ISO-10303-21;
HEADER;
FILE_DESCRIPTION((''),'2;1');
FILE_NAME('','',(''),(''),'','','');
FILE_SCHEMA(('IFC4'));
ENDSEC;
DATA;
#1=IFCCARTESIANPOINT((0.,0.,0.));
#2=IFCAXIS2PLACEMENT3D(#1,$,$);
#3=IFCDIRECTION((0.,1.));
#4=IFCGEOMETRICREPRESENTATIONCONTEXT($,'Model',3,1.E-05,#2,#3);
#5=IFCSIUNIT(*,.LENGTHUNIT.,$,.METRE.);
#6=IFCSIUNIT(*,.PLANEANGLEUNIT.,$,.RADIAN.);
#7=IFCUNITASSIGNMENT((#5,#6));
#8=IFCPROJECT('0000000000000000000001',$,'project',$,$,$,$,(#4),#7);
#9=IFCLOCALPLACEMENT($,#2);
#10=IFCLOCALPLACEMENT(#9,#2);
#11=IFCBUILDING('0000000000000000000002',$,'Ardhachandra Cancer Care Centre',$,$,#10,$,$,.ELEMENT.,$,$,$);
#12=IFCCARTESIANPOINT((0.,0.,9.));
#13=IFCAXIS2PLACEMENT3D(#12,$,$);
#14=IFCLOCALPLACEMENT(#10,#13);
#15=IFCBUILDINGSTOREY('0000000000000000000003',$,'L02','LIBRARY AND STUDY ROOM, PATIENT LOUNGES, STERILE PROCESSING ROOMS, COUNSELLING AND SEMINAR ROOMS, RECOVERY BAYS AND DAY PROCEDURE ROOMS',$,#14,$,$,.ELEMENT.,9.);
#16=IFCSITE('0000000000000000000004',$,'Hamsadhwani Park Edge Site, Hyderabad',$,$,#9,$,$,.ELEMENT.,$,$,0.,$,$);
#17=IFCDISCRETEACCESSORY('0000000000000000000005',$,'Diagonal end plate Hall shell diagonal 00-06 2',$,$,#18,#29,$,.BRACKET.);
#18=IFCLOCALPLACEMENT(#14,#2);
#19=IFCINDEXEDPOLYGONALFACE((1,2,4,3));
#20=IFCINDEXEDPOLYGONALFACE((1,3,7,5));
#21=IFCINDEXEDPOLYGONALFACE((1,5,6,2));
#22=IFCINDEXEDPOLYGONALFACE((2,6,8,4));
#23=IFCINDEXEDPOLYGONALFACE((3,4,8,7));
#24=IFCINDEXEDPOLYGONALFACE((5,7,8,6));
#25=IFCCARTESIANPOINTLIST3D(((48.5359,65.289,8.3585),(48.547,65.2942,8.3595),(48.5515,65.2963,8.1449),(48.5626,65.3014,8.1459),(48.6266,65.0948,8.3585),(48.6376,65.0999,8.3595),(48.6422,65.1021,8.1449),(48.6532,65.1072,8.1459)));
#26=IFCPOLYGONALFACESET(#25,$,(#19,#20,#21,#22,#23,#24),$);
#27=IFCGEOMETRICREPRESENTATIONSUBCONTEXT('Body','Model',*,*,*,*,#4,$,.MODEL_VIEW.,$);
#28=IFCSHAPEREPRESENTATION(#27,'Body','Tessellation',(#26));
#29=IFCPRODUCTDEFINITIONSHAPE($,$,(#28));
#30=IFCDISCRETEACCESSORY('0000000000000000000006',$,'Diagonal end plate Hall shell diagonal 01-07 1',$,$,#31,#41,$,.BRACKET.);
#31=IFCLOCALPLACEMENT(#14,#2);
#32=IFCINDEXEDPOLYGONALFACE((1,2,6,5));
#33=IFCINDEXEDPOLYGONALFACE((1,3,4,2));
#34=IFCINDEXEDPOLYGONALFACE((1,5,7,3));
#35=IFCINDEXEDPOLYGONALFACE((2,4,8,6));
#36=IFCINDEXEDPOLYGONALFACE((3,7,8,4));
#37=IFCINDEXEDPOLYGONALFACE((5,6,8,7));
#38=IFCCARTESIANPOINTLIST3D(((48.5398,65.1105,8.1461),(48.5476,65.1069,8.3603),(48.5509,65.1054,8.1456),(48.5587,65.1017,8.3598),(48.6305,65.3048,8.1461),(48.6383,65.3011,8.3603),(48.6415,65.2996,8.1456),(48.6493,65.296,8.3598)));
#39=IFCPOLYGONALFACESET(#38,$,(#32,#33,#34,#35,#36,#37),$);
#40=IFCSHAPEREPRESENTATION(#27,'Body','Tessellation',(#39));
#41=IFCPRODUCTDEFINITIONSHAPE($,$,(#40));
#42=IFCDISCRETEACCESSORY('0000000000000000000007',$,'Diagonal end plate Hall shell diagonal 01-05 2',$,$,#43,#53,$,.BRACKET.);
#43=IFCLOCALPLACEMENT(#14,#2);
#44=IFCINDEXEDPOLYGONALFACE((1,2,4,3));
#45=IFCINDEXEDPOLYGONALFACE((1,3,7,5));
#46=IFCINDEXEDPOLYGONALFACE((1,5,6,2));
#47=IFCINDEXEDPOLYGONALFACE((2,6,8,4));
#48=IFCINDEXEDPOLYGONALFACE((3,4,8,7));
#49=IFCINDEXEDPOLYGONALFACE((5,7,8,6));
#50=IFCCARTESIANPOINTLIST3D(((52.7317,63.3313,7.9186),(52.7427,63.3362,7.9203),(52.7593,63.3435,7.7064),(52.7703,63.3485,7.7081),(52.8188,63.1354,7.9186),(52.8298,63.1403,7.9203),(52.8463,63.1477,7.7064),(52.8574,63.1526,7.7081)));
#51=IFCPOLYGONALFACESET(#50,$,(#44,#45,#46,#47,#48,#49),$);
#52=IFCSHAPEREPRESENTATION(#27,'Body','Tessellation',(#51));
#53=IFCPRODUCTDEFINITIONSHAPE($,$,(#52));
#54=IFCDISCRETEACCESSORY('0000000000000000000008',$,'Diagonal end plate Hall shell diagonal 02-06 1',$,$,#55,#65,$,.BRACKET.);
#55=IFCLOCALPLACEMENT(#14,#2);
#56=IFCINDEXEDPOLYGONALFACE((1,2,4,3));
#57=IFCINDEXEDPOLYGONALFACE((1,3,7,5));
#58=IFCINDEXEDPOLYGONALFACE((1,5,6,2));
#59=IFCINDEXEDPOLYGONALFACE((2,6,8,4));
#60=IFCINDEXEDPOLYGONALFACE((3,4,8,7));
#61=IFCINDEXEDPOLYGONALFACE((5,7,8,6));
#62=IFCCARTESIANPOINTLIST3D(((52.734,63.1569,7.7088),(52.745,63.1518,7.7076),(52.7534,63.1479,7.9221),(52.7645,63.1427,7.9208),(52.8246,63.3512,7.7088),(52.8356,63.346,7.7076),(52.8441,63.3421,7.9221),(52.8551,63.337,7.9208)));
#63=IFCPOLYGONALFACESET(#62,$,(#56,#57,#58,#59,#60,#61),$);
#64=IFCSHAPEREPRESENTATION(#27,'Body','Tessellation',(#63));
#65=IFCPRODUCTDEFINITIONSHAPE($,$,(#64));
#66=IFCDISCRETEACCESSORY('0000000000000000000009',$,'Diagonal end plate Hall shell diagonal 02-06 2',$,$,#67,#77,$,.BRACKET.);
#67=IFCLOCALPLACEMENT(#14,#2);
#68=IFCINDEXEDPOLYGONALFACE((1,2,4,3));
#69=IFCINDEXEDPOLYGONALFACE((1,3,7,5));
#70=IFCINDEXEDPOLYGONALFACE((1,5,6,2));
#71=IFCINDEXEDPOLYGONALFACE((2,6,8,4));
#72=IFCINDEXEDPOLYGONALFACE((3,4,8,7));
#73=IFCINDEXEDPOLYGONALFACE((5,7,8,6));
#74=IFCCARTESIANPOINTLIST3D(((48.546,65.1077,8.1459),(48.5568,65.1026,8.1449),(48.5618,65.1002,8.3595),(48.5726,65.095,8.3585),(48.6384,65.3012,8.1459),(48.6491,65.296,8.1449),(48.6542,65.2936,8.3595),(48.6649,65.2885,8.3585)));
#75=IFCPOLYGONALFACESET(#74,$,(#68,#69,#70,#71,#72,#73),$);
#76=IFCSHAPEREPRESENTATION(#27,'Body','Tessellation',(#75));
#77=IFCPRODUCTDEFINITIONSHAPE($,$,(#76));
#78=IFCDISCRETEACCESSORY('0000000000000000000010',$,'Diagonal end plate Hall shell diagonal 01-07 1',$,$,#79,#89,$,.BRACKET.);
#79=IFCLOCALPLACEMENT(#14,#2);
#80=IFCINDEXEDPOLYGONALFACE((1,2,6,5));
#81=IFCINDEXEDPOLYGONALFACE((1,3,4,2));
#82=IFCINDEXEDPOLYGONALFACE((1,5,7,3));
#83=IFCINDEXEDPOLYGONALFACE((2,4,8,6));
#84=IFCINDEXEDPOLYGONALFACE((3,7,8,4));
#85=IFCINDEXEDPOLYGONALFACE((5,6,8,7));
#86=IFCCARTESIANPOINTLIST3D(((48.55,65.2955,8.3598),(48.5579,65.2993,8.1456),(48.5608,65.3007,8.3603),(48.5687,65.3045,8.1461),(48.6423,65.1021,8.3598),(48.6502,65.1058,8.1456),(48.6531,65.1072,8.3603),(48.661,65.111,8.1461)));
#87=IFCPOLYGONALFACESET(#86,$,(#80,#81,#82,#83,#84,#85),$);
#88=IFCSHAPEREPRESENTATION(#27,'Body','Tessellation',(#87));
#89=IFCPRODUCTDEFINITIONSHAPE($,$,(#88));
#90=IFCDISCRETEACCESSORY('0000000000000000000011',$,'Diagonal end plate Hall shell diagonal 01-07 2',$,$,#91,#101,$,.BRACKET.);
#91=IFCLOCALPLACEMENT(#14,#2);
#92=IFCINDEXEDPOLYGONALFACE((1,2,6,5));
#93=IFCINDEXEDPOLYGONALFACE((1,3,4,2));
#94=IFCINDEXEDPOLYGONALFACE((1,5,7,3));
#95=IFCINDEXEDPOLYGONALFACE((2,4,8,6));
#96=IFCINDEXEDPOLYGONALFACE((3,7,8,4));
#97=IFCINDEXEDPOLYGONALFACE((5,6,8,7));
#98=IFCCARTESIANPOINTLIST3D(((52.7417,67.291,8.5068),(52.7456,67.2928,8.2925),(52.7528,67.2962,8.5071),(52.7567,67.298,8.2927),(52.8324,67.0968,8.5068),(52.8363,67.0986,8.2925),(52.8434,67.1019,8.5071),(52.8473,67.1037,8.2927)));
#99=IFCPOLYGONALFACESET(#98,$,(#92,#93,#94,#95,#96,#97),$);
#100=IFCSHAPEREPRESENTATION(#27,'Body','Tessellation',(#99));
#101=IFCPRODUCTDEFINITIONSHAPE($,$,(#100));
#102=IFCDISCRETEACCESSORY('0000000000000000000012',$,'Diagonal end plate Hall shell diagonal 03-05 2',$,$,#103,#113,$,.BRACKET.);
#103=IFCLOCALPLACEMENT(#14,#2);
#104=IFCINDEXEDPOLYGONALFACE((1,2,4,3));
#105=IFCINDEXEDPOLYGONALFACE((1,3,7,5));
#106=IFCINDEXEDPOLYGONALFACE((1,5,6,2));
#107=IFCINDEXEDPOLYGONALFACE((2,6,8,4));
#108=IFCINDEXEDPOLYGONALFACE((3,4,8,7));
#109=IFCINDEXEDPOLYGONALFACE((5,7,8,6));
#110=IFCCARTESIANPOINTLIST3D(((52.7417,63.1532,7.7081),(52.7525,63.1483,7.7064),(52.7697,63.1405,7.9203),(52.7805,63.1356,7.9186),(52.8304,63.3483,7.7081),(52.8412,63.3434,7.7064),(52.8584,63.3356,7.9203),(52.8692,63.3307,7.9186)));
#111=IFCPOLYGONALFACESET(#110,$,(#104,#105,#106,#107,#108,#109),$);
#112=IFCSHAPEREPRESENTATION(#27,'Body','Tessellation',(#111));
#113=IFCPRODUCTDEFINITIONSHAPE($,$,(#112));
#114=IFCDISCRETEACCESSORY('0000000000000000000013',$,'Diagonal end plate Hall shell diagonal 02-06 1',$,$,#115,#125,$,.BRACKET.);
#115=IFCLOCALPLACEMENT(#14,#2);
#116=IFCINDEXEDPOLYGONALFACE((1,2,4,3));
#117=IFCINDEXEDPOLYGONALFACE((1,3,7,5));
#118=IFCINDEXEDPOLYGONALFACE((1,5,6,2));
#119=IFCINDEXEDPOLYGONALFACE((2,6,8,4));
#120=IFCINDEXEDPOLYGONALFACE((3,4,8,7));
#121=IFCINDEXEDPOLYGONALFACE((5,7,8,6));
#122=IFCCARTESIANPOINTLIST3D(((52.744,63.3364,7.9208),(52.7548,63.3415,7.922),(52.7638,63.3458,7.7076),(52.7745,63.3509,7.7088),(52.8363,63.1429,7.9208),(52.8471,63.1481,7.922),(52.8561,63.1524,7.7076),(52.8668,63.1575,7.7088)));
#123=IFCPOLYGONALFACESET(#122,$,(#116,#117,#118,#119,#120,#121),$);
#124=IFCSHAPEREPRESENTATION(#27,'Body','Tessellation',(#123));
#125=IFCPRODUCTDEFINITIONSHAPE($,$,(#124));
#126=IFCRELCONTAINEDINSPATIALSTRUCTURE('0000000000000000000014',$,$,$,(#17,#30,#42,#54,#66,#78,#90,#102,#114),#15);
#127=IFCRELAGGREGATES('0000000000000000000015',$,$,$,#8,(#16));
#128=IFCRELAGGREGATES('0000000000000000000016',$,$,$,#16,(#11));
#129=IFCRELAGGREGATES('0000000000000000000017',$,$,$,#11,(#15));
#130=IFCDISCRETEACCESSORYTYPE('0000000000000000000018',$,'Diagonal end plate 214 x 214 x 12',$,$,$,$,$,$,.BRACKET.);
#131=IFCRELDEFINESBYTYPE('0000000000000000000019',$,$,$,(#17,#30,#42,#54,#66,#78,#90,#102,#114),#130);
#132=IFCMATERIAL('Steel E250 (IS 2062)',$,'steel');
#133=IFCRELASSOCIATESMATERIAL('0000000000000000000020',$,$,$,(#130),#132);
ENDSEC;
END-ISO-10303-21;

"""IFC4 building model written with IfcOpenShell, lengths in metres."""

from ifc_helpers import new_model, si_unit, direction, frame, origin, origin_2d, place, context, subcontext, project, spatial, rectangle, extrude, material, material_profile, profile_set, type_object, element, save


model = new_model("IFC4")

# Units and contexts
model_context = context("Model", 3, precision=1e-05, world=origin(), true_north=direction((0.0, 1.0)))
body_context = subcontext(model_context, "Body", "Model", "MODEL_VIEW")
ifc_project = project(units=[si_unit("LENGTHUNIT", "METRE"), si_unit("PLANEANGLEUNIT", "RADIAN")], contexts=[model_context])

# Site, building, storey
site_placement = place(None, origin())
site = spatial("IfcSite", under=ifc_project, at=site_placement, Name="Hamsadhwani Park Edge Site, Hyderabad", CompositionType="ELEMENT", RefElevation=0.0)
building_placement = place(site_placement, origin())
building = spatial("IfcBuilding", under=site, at=building_placement, Name="Ardhachandra Cancer Care Centre", CompositionType="ELEMENT")
storey_placement = place(building_placement, frame((0.0, 0.0, 9.0)))
storey = spatial("IfcBuildingStorey", under=building, at=storey_placement, Name="L02", Description="LIBRARY AND STUDY ROOM, PATIENT LOUNGES, STERILE PROCESSING ROOMS, COUNSELLING AND SEMINAR ROOMS, RECOVERY BAYS AND DAY PROCEDURE ROOMS", CompositionType="ELEMENT", Elevation=9.0)

# Discrete accessories
ifc_material_1 = material(Name="Steel E250 (IS 2062)", Category="steel")
ifc_material_profile_1 = material_profile(ifc_material_1, rectangle(XDim=0.2144, YDim=0.2144, at=origin_2d()), Name="PL 214x214x12")
ifc_profile_set_1 = profile_set([ifc_material_profile_1], Name="Steel E250 (IS 2062)")
discrete_accessory_type = type_object("IfcDiscreteAccessoryType", Name="Diagonal end plate 214 x 214 x 12", PredefinedType="BRACKET", material=ifc_profile_set_1)
for number, where, z_axis, x_axis, name in (
    (1, (48.6001, 65.2007, 8.2527), (-0.903258, -0.42152, -0.08029), (0.422885, -0.906183, 0.0), "Diagonal end plate Hall shell diagonal 00-06 2"),
    (2, (48.6001, 65.2007, 8.2527), (-0.905449, 0.422543, 0.040242), (-0.422885, -0.906183, 0.0), "Diagonal end plate Hall shell diagonal 01-07 1"),
    (3, (52.8, 63.2444, 7.8142), (-0.904717, -0.402096, -0.140734), (0.406138, -0.913812, 0.0), "Diagonal end plate Hall shell diagonal 01-05 2"),
    (4, (52.8, 63.2444, 7.8142), (-0.901624, 0.420758, 0.10018), (-0.422885, -0.906183, 0.0), "Diagonal end plate Hall shell diagonal 02-06 1"),
):
    element("IfcDiscreteAccessory", number, at=place(storey_placement, frame(where, z_axis=z_axis, x_axis=x_axis)), inside=storey, type_object=discrete_accessory_type, Name=name, PredefinedType="BRACKET", context=body_context, shape_type="SweptSolid", body=[
        extrude(rectangle(XDim=0.2144, YDim=0.2144, at=origin_2d()), origin(), (0.0, 0.0, 1.0), 0.0122),
    ])
for number, where, z_axis, x_axis, name in (
    (5, (48.6001, 65.2007, 8.2527), (0.899459, -0.429287, -0.081769), (0.43073, 0.902481, 0.0), "Diagonal end plate Hall shell diagonal 02-06 2"),
    (6, (48.6001, 65.2007, 8.2527), (0.901723, 0.430368, 0.040987), (-0.43073, 0.902481, 0.0), "Diagonal end plate Hall shell diagonal 01-07 1"),
):
    element("IfcDiscreteAccessory", number, at=place(storey_placement, frame(where, z_axis=z_axis, x_axis=x_axis)), inside=storey, type_object=discrete_accessory_type, Name=name, PredefinedType="BRACKET", context=body_context, shape_type="SweptSolid", body=[
        extrude(rectangle(XDim=0.2144, YDim=0.2144, at=origin_2d()), origin(), (0.0, 0.0, 1.0), 0.012),
    ])
discrete_accessory_placement = place(storey_placement, frame((52.8, 67.2, 8.3999), z_axis=(-0.905999, -0.4228, -0.020133), x_axis=(0.422885, -0.906183, 0.0)))
element("IfcDiscreteAccessory", 7, at=discrete_accessory_placement, inside=storey, type_object=discrete_accessory_type, Name="Diagonal end plate Hall shell diagonal 01-07 2", PredefinedType="BRACKET", context=body_context, shape_type="SweptSolid", body=[
    extrude(rectangle(XDim=0.2144, YDim=0.2144, at=origin_2d()), origin(), (0.0, 0.0, 1.0), 0.0122),
])
for number, where, z_axis, x_axis, name in (
    (8, (52.8, 63.2444, 7.8142), (0.900966, -0.40953, -0.143336), (0.413803, 0.910366, 0.0), "Diagonal end plate Hall shell diagonal 03-05 2"),
    (9, (52.8, 63.2444, 7.8142), (0.897772, 0.428482, 0.10202), (-0.43073, 0.902481, 0.0), "Diagonal end plate Hall shell diagonal 02-06 1"),
):
    element("IfcDiscreteAccessory", number, at=place(storey_placement, frame(where, z_axis=z_axis, x_axis=x_axis)), inside=storey, type_object=discrete_accessory_type, Name=name, PredefinedType="BRACKET", context=body_context, shape_type="SweptSolid", body=[
        extrude(rectangle(XDim=0.2144, YDim=0.2144, at=origin_2d()), origin(), (0.0, 0.0, 1.0), 0.012),
    ])

save(model, "model.ifc")
